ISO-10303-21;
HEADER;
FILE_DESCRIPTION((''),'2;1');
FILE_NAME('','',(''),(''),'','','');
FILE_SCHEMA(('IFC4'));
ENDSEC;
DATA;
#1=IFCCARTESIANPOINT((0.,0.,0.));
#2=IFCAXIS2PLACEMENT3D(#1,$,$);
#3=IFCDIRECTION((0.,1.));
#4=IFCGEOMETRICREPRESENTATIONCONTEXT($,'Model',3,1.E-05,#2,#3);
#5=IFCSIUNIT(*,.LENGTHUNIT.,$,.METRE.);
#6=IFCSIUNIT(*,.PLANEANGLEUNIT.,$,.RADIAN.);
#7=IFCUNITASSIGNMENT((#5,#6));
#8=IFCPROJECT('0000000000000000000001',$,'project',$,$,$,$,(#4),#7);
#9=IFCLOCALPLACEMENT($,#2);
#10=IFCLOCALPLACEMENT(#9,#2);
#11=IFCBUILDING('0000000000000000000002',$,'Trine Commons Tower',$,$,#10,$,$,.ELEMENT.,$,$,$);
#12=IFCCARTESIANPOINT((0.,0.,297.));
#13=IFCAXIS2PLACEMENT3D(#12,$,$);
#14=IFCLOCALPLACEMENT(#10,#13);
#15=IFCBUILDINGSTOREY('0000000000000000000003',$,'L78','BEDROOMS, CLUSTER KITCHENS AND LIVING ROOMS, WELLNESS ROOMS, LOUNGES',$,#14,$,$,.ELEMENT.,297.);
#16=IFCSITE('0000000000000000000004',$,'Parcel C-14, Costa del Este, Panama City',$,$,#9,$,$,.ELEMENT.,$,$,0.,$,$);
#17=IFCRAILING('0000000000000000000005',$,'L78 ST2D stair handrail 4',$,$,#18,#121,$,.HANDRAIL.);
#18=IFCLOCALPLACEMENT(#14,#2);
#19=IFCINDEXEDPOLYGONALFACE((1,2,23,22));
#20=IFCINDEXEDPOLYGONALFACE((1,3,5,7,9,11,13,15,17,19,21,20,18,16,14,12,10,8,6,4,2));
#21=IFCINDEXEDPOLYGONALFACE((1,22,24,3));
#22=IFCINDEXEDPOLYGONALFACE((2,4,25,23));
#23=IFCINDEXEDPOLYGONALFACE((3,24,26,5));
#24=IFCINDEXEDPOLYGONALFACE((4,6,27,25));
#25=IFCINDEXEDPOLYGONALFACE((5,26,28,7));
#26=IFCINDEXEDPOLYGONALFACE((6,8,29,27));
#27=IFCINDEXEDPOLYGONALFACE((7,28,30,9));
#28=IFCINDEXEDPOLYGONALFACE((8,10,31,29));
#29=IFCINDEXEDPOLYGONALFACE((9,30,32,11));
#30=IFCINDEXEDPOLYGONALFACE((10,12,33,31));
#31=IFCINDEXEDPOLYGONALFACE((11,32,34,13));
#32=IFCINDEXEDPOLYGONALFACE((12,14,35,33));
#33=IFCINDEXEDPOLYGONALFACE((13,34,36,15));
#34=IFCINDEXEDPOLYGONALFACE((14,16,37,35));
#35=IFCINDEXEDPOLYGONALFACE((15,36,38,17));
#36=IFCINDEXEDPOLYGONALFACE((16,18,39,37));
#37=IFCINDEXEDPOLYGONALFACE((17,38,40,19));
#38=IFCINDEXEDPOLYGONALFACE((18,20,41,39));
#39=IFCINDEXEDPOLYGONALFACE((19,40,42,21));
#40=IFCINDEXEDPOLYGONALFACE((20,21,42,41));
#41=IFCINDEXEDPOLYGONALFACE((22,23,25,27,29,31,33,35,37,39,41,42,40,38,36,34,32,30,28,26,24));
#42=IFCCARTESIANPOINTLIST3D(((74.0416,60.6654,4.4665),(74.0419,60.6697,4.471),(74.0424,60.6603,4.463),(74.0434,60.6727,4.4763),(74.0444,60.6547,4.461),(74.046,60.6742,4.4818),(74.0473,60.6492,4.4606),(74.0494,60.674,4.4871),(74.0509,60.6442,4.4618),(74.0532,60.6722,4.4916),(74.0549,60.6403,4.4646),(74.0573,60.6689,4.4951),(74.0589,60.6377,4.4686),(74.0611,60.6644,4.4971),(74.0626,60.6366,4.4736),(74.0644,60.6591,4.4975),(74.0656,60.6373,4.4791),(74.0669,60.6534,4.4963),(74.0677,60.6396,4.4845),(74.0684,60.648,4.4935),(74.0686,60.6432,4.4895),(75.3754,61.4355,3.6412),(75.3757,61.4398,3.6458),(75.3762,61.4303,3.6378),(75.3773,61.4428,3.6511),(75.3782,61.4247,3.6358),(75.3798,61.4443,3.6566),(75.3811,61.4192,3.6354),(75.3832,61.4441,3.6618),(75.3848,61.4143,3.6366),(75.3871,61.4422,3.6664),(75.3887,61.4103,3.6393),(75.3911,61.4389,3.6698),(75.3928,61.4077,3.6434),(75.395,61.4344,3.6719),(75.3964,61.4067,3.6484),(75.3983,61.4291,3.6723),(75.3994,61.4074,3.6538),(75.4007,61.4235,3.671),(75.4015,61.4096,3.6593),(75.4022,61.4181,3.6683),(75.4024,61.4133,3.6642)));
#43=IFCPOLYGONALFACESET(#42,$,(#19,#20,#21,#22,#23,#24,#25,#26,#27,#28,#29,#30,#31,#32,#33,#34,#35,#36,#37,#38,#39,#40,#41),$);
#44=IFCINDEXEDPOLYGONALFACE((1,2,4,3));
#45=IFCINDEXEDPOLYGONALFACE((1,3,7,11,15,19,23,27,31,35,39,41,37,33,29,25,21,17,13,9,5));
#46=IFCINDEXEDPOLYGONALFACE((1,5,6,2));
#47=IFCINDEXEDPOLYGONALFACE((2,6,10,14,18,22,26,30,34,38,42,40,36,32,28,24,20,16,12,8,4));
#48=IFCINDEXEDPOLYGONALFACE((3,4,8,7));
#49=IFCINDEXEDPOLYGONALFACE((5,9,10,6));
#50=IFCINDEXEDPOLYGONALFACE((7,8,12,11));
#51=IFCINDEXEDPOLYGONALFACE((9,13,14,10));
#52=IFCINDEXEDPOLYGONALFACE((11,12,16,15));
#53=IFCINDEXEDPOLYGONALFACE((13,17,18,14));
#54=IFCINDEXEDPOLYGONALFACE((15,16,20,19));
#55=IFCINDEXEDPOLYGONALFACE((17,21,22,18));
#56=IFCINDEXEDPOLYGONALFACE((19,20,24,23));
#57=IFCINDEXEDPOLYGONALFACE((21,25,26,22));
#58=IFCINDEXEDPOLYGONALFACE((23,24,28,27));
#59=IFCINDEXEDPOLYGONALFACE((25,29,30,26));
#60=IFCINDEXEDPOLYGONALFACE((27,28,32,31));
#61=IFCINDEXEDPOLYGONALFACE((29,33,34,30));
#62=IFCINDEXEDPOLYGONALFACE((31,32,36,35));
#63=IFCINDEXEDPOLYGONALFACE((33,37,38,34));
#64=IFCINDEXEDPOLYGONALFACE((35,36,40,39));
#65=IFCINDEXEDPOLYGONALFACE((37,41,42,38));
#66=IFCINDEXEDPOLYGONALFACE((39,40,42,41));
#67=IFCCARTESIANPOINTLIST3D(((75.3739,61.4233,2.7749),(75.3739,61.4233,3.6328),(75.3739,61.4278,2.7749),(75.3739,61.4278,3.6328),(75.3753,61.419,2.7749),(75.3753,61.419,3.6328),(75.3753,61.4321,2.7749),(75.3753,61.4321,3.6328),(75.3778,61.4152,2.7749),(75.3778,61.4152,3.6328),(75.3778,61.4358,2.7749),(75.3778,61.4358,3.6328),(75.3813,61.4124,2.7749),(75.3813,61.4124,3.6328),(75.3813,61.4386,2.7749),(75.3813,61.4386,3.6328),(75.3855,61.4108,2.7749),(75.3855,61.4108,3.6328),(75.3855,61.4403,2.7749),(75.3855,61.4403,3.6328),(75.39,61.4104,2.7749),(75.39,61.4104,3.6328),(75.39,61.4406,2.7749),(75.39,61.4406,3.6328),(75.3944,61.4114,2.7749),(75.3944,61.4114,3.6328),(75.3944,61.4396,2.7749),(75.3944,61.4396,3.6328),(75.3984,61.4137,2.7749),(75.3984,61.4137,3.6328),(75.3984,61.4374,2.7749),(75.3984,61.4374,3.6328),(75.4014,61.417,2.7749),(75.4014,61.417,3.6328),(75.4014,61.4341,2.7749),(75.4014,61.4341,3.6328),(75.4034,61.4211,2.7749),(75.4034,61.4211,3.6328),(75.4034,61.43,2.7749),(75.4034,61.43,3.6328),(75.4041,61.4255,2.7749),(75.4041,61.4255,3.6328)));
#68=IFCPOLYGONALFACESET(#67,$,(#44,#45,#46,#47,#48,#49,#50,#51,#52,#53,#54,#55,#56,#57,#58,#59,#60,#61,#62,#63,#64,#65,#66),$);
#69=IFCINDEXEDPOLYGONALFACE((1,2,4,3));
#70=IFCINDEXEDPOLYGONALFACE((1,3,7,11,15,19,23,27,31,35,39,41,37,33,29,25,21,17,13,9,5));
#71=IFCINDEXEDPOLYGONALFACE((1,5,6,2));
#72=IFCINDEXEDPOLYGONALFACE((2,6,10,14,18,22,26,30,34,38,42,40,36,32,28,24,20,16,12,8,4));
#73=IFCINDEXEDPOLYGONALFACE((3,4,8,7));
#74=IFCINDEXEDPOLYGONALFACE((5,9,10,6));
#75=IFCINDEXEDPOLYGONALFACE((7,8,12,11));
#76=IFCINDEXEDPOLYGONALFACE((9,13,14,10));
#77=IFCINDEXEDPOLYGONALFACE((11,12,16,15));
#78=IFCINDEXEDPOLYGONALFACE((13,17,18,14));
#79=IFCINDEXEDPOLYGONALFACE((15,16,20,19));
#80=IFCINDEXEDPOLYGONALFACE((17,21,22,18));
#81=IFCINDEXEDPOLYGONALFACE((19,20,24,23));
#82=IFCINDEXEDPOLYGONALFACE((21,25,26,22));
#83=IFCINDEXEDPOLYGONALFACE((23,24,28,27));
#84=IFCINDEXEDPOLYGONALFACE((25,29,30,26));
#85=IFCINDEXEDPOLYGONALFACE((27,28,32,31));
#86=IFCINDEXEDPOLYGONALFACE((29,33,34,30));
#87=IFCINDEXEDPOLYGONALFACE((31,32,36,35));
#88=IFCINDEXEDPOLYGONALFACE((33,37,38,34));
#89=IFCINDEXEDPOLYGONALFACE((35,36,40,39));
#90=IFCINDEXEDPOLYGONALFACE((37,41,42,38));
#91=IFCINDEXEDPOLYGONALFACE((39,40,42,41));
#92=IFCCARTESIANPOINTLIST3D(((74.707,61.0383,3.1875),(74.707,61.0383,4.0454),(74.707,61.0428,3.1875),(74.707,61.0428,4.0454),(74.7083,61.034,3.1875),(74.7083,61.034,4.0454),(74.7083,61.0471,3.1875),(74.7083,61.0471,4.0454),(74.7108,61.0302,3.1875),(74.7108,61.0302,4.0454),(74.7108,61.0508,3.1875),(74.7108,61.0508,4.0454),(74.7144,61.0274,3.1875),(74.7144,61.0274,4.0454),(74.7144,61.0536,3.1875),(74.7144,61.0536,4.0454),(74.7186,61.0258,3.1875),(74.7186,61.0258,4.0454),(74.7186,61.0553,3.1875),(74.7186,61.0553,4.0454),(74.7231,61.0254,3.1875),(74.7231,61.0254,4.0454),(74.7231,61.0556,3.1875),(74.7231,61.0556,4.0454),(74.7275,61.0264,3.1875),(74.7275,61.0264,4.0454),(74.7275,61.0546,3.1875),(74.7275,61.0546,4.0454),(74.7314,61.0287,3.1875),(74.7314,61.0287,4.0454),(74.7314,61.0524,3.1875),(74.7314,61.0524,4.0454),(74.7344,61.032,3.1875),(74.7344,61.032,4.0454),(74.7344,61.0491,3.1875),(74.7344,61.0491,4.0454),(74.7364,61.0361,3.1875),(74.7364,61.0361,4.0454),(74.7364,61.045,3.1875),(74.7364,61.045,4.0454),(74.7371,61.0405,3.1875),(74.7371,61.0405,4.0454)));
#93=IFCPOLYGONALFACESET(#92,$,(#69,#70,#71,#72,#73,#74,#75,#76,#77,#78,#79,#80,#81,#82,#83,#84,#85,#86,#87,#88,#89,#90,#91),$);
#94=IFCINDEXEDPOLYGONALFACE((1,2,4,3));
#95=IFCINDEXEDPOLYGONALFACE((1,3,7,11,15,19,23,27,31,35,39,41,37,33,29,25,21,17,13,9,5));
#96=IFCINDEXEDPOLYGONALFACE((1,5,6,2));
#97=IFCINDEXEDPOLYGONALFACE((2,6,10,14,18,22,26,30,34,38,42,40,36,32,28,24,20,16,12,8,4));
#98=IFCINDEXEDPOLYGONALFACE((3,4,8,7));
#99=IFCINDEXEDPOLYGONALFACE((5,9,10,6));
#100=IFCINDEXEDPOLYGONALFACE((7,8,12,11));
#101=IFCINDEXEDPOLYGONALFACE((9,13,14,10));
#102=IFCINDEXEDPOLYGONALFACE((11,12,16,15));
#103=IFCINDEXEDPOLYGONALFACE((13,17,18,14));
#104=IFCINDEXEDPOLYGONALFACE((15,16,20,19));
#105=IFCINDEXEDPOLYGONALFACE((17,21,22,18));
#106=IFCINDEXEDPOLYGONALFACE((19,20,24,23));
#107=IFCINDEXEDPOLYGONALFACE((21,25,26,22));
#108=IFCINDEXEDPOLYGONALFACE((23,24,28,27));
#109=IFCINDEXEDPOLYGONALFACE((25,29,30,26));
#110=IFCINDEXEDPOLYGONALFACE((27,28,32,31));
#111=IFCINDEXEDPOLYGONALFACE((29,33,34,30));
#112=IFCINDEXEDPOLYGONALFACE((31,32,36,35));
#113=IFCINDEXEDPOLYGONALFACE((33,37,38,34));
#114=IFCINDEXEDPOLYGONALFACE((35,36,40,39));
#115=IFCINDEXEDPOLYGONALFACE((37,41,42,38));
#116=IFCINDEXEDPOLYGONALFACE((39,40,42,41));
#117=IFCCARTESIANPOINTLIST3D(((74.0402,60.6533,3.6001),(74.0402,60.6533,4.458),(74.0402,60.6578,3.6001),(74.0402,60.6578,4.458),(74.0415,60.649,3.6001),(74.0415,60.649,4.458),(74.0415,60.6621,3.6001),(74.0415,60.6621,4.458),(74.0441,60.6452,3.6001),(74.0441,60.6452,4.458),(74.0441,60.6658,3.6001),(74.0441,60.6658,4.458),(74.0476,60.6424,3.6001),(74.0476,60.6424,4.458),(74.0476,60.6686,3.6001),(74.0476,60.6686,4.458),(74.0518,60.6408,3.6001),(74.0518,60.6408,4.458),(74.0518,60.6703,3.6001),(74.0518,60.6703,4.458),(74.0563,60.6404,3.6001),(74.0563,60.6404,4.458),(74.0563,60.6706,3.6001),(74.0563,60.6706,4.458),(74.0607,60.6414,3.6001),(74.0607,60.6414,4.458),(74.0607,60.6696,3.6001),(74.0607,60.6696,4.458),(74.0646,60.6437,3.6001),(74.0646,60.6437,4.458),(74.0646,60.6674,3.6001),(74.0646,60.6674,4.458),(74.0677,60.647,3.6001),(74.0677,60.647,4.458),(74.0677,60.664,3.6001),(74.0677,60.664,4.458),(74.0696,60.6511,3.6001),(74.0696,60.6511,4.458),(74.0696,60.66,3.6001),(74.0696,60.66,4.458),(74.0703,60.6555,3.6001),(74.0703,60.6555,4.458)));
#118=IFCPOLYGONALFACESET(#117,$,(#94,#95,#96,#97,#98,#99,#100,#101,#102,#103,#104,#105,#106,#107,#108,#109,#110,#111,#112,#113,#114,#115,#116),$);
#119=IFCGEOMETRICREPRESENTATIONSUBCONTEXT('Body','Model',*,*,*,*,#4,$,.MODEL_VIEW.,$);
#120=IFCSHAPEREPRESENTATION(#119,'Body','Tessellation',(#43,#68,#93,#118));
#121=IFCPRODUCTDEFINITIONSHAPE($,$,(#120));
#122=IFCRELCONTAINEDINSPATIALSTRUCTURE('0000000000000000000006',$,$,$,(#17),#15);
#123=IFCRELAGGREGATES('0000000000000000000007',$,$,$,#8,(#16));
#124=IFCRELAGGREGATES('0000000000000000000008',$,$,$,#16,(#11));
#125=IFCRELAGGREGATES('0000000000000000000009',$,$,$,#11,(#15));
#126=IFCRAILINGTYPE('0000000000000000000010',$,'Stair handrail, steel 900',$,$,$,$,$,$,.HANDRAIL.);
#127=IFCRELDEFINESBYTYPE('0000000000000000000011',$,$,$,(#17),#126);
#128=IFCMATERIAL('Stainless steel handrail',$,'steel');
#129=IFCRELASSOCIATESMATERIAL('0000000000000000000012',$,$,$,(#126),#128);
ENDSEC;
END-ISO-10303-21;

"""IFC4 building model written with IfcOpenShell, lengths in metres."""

from ifc_helpers import new_model, si_unit, direction, frame, origin, origin_2d, place, context, subcontext, project, spatial, circle, extrude, material, type_object, element, save


model = new_model("IFC4")

# Units and contexts
model_context = context("Model", 3, precision=1e-05, world=origin(), true_north=direction((0.0, 1.0)))
body_context = subcontext(model_context, "Body", "Model", "MODEL_VIEW")
ifc_project = project(units=[si_unit("LENGTHUNIT", "METRE"), si_unit("PLANEANGLEUNIT", "RADIAN")], contexts=[model_context])

# Site, building, storey
site_placement = place(None, origin())
site = spatial("IfcSite", under=ifc_project, at=site_placement, Name="Parcel C-14, Costa del Este, Panama City", CompositionType="ELEMENT", RefElevation=0.0)
building_placement = place(site_placement, origin())
building = spatial("IfcBuilding", under=site, at=building_placement, Name="Trine Commons Tower", CompositionType="ELEMENT")
storey_placement = place(building_placement, frame((0.0, 0.0, 297.0)))
storey = spatial("IfcBuildingStorey", under=building, at=storey_placement, Name="L78", Description="BEDROOMS, CLUSTER KITCHENS AND LIVING ROOMS, WELLNESS ROOMS, LOUNGES", CompositionType="ELEMENT", Elevation=297.0)

# Railing
ifc_material_1 = material(Name="Stainless steel handrail", Category="steel")
railing_type_1 = type_object("IfcRailingType", Name="Stair handrail, steel 900", PredefinedType="HANDRAIL", material=ifc_material_1)
railing_1_placement = place(storey_placement, frame((75.3889, 61.4255, 2.7749)))
element("IfcRailing", 1, at=railing_1_placement, inside=storey, type_object=railing_type_1, Name="L78 ST2D stair handrail 4", PredefinedType="HANDRAIL", context=body_context, shape_type="SweptSolid", body=[
    extrude(circle(Radius=0.021, at=origin_2d()), frame((0.0, 0.0, 0.8789), z_axis=(-0.763355, -0.440714, 0.472293), x_axis=(0.499992, -0.86603, 0.0)), (0.0, 0.0, 1.0), 1.7473),
    extrude(circle(Radius=0.0151, at=origin_2d()), origin(), (0.0, 0.0, 1.0), 0.8579),
    extrude(circle(Radius=0.0151, at=origin_2d()), frame((-0.667, -0.385, 0.4126)), (0.0, 0.0, 1.0), 0.8579),
    extrude(circle(Radius=0.0151, at=origin_2d()), frame((-1.3337, -0.77, 0.8252)), (0.0, 0.0, 1.0), 0.8579),
])

save(model, "model.ifc")
